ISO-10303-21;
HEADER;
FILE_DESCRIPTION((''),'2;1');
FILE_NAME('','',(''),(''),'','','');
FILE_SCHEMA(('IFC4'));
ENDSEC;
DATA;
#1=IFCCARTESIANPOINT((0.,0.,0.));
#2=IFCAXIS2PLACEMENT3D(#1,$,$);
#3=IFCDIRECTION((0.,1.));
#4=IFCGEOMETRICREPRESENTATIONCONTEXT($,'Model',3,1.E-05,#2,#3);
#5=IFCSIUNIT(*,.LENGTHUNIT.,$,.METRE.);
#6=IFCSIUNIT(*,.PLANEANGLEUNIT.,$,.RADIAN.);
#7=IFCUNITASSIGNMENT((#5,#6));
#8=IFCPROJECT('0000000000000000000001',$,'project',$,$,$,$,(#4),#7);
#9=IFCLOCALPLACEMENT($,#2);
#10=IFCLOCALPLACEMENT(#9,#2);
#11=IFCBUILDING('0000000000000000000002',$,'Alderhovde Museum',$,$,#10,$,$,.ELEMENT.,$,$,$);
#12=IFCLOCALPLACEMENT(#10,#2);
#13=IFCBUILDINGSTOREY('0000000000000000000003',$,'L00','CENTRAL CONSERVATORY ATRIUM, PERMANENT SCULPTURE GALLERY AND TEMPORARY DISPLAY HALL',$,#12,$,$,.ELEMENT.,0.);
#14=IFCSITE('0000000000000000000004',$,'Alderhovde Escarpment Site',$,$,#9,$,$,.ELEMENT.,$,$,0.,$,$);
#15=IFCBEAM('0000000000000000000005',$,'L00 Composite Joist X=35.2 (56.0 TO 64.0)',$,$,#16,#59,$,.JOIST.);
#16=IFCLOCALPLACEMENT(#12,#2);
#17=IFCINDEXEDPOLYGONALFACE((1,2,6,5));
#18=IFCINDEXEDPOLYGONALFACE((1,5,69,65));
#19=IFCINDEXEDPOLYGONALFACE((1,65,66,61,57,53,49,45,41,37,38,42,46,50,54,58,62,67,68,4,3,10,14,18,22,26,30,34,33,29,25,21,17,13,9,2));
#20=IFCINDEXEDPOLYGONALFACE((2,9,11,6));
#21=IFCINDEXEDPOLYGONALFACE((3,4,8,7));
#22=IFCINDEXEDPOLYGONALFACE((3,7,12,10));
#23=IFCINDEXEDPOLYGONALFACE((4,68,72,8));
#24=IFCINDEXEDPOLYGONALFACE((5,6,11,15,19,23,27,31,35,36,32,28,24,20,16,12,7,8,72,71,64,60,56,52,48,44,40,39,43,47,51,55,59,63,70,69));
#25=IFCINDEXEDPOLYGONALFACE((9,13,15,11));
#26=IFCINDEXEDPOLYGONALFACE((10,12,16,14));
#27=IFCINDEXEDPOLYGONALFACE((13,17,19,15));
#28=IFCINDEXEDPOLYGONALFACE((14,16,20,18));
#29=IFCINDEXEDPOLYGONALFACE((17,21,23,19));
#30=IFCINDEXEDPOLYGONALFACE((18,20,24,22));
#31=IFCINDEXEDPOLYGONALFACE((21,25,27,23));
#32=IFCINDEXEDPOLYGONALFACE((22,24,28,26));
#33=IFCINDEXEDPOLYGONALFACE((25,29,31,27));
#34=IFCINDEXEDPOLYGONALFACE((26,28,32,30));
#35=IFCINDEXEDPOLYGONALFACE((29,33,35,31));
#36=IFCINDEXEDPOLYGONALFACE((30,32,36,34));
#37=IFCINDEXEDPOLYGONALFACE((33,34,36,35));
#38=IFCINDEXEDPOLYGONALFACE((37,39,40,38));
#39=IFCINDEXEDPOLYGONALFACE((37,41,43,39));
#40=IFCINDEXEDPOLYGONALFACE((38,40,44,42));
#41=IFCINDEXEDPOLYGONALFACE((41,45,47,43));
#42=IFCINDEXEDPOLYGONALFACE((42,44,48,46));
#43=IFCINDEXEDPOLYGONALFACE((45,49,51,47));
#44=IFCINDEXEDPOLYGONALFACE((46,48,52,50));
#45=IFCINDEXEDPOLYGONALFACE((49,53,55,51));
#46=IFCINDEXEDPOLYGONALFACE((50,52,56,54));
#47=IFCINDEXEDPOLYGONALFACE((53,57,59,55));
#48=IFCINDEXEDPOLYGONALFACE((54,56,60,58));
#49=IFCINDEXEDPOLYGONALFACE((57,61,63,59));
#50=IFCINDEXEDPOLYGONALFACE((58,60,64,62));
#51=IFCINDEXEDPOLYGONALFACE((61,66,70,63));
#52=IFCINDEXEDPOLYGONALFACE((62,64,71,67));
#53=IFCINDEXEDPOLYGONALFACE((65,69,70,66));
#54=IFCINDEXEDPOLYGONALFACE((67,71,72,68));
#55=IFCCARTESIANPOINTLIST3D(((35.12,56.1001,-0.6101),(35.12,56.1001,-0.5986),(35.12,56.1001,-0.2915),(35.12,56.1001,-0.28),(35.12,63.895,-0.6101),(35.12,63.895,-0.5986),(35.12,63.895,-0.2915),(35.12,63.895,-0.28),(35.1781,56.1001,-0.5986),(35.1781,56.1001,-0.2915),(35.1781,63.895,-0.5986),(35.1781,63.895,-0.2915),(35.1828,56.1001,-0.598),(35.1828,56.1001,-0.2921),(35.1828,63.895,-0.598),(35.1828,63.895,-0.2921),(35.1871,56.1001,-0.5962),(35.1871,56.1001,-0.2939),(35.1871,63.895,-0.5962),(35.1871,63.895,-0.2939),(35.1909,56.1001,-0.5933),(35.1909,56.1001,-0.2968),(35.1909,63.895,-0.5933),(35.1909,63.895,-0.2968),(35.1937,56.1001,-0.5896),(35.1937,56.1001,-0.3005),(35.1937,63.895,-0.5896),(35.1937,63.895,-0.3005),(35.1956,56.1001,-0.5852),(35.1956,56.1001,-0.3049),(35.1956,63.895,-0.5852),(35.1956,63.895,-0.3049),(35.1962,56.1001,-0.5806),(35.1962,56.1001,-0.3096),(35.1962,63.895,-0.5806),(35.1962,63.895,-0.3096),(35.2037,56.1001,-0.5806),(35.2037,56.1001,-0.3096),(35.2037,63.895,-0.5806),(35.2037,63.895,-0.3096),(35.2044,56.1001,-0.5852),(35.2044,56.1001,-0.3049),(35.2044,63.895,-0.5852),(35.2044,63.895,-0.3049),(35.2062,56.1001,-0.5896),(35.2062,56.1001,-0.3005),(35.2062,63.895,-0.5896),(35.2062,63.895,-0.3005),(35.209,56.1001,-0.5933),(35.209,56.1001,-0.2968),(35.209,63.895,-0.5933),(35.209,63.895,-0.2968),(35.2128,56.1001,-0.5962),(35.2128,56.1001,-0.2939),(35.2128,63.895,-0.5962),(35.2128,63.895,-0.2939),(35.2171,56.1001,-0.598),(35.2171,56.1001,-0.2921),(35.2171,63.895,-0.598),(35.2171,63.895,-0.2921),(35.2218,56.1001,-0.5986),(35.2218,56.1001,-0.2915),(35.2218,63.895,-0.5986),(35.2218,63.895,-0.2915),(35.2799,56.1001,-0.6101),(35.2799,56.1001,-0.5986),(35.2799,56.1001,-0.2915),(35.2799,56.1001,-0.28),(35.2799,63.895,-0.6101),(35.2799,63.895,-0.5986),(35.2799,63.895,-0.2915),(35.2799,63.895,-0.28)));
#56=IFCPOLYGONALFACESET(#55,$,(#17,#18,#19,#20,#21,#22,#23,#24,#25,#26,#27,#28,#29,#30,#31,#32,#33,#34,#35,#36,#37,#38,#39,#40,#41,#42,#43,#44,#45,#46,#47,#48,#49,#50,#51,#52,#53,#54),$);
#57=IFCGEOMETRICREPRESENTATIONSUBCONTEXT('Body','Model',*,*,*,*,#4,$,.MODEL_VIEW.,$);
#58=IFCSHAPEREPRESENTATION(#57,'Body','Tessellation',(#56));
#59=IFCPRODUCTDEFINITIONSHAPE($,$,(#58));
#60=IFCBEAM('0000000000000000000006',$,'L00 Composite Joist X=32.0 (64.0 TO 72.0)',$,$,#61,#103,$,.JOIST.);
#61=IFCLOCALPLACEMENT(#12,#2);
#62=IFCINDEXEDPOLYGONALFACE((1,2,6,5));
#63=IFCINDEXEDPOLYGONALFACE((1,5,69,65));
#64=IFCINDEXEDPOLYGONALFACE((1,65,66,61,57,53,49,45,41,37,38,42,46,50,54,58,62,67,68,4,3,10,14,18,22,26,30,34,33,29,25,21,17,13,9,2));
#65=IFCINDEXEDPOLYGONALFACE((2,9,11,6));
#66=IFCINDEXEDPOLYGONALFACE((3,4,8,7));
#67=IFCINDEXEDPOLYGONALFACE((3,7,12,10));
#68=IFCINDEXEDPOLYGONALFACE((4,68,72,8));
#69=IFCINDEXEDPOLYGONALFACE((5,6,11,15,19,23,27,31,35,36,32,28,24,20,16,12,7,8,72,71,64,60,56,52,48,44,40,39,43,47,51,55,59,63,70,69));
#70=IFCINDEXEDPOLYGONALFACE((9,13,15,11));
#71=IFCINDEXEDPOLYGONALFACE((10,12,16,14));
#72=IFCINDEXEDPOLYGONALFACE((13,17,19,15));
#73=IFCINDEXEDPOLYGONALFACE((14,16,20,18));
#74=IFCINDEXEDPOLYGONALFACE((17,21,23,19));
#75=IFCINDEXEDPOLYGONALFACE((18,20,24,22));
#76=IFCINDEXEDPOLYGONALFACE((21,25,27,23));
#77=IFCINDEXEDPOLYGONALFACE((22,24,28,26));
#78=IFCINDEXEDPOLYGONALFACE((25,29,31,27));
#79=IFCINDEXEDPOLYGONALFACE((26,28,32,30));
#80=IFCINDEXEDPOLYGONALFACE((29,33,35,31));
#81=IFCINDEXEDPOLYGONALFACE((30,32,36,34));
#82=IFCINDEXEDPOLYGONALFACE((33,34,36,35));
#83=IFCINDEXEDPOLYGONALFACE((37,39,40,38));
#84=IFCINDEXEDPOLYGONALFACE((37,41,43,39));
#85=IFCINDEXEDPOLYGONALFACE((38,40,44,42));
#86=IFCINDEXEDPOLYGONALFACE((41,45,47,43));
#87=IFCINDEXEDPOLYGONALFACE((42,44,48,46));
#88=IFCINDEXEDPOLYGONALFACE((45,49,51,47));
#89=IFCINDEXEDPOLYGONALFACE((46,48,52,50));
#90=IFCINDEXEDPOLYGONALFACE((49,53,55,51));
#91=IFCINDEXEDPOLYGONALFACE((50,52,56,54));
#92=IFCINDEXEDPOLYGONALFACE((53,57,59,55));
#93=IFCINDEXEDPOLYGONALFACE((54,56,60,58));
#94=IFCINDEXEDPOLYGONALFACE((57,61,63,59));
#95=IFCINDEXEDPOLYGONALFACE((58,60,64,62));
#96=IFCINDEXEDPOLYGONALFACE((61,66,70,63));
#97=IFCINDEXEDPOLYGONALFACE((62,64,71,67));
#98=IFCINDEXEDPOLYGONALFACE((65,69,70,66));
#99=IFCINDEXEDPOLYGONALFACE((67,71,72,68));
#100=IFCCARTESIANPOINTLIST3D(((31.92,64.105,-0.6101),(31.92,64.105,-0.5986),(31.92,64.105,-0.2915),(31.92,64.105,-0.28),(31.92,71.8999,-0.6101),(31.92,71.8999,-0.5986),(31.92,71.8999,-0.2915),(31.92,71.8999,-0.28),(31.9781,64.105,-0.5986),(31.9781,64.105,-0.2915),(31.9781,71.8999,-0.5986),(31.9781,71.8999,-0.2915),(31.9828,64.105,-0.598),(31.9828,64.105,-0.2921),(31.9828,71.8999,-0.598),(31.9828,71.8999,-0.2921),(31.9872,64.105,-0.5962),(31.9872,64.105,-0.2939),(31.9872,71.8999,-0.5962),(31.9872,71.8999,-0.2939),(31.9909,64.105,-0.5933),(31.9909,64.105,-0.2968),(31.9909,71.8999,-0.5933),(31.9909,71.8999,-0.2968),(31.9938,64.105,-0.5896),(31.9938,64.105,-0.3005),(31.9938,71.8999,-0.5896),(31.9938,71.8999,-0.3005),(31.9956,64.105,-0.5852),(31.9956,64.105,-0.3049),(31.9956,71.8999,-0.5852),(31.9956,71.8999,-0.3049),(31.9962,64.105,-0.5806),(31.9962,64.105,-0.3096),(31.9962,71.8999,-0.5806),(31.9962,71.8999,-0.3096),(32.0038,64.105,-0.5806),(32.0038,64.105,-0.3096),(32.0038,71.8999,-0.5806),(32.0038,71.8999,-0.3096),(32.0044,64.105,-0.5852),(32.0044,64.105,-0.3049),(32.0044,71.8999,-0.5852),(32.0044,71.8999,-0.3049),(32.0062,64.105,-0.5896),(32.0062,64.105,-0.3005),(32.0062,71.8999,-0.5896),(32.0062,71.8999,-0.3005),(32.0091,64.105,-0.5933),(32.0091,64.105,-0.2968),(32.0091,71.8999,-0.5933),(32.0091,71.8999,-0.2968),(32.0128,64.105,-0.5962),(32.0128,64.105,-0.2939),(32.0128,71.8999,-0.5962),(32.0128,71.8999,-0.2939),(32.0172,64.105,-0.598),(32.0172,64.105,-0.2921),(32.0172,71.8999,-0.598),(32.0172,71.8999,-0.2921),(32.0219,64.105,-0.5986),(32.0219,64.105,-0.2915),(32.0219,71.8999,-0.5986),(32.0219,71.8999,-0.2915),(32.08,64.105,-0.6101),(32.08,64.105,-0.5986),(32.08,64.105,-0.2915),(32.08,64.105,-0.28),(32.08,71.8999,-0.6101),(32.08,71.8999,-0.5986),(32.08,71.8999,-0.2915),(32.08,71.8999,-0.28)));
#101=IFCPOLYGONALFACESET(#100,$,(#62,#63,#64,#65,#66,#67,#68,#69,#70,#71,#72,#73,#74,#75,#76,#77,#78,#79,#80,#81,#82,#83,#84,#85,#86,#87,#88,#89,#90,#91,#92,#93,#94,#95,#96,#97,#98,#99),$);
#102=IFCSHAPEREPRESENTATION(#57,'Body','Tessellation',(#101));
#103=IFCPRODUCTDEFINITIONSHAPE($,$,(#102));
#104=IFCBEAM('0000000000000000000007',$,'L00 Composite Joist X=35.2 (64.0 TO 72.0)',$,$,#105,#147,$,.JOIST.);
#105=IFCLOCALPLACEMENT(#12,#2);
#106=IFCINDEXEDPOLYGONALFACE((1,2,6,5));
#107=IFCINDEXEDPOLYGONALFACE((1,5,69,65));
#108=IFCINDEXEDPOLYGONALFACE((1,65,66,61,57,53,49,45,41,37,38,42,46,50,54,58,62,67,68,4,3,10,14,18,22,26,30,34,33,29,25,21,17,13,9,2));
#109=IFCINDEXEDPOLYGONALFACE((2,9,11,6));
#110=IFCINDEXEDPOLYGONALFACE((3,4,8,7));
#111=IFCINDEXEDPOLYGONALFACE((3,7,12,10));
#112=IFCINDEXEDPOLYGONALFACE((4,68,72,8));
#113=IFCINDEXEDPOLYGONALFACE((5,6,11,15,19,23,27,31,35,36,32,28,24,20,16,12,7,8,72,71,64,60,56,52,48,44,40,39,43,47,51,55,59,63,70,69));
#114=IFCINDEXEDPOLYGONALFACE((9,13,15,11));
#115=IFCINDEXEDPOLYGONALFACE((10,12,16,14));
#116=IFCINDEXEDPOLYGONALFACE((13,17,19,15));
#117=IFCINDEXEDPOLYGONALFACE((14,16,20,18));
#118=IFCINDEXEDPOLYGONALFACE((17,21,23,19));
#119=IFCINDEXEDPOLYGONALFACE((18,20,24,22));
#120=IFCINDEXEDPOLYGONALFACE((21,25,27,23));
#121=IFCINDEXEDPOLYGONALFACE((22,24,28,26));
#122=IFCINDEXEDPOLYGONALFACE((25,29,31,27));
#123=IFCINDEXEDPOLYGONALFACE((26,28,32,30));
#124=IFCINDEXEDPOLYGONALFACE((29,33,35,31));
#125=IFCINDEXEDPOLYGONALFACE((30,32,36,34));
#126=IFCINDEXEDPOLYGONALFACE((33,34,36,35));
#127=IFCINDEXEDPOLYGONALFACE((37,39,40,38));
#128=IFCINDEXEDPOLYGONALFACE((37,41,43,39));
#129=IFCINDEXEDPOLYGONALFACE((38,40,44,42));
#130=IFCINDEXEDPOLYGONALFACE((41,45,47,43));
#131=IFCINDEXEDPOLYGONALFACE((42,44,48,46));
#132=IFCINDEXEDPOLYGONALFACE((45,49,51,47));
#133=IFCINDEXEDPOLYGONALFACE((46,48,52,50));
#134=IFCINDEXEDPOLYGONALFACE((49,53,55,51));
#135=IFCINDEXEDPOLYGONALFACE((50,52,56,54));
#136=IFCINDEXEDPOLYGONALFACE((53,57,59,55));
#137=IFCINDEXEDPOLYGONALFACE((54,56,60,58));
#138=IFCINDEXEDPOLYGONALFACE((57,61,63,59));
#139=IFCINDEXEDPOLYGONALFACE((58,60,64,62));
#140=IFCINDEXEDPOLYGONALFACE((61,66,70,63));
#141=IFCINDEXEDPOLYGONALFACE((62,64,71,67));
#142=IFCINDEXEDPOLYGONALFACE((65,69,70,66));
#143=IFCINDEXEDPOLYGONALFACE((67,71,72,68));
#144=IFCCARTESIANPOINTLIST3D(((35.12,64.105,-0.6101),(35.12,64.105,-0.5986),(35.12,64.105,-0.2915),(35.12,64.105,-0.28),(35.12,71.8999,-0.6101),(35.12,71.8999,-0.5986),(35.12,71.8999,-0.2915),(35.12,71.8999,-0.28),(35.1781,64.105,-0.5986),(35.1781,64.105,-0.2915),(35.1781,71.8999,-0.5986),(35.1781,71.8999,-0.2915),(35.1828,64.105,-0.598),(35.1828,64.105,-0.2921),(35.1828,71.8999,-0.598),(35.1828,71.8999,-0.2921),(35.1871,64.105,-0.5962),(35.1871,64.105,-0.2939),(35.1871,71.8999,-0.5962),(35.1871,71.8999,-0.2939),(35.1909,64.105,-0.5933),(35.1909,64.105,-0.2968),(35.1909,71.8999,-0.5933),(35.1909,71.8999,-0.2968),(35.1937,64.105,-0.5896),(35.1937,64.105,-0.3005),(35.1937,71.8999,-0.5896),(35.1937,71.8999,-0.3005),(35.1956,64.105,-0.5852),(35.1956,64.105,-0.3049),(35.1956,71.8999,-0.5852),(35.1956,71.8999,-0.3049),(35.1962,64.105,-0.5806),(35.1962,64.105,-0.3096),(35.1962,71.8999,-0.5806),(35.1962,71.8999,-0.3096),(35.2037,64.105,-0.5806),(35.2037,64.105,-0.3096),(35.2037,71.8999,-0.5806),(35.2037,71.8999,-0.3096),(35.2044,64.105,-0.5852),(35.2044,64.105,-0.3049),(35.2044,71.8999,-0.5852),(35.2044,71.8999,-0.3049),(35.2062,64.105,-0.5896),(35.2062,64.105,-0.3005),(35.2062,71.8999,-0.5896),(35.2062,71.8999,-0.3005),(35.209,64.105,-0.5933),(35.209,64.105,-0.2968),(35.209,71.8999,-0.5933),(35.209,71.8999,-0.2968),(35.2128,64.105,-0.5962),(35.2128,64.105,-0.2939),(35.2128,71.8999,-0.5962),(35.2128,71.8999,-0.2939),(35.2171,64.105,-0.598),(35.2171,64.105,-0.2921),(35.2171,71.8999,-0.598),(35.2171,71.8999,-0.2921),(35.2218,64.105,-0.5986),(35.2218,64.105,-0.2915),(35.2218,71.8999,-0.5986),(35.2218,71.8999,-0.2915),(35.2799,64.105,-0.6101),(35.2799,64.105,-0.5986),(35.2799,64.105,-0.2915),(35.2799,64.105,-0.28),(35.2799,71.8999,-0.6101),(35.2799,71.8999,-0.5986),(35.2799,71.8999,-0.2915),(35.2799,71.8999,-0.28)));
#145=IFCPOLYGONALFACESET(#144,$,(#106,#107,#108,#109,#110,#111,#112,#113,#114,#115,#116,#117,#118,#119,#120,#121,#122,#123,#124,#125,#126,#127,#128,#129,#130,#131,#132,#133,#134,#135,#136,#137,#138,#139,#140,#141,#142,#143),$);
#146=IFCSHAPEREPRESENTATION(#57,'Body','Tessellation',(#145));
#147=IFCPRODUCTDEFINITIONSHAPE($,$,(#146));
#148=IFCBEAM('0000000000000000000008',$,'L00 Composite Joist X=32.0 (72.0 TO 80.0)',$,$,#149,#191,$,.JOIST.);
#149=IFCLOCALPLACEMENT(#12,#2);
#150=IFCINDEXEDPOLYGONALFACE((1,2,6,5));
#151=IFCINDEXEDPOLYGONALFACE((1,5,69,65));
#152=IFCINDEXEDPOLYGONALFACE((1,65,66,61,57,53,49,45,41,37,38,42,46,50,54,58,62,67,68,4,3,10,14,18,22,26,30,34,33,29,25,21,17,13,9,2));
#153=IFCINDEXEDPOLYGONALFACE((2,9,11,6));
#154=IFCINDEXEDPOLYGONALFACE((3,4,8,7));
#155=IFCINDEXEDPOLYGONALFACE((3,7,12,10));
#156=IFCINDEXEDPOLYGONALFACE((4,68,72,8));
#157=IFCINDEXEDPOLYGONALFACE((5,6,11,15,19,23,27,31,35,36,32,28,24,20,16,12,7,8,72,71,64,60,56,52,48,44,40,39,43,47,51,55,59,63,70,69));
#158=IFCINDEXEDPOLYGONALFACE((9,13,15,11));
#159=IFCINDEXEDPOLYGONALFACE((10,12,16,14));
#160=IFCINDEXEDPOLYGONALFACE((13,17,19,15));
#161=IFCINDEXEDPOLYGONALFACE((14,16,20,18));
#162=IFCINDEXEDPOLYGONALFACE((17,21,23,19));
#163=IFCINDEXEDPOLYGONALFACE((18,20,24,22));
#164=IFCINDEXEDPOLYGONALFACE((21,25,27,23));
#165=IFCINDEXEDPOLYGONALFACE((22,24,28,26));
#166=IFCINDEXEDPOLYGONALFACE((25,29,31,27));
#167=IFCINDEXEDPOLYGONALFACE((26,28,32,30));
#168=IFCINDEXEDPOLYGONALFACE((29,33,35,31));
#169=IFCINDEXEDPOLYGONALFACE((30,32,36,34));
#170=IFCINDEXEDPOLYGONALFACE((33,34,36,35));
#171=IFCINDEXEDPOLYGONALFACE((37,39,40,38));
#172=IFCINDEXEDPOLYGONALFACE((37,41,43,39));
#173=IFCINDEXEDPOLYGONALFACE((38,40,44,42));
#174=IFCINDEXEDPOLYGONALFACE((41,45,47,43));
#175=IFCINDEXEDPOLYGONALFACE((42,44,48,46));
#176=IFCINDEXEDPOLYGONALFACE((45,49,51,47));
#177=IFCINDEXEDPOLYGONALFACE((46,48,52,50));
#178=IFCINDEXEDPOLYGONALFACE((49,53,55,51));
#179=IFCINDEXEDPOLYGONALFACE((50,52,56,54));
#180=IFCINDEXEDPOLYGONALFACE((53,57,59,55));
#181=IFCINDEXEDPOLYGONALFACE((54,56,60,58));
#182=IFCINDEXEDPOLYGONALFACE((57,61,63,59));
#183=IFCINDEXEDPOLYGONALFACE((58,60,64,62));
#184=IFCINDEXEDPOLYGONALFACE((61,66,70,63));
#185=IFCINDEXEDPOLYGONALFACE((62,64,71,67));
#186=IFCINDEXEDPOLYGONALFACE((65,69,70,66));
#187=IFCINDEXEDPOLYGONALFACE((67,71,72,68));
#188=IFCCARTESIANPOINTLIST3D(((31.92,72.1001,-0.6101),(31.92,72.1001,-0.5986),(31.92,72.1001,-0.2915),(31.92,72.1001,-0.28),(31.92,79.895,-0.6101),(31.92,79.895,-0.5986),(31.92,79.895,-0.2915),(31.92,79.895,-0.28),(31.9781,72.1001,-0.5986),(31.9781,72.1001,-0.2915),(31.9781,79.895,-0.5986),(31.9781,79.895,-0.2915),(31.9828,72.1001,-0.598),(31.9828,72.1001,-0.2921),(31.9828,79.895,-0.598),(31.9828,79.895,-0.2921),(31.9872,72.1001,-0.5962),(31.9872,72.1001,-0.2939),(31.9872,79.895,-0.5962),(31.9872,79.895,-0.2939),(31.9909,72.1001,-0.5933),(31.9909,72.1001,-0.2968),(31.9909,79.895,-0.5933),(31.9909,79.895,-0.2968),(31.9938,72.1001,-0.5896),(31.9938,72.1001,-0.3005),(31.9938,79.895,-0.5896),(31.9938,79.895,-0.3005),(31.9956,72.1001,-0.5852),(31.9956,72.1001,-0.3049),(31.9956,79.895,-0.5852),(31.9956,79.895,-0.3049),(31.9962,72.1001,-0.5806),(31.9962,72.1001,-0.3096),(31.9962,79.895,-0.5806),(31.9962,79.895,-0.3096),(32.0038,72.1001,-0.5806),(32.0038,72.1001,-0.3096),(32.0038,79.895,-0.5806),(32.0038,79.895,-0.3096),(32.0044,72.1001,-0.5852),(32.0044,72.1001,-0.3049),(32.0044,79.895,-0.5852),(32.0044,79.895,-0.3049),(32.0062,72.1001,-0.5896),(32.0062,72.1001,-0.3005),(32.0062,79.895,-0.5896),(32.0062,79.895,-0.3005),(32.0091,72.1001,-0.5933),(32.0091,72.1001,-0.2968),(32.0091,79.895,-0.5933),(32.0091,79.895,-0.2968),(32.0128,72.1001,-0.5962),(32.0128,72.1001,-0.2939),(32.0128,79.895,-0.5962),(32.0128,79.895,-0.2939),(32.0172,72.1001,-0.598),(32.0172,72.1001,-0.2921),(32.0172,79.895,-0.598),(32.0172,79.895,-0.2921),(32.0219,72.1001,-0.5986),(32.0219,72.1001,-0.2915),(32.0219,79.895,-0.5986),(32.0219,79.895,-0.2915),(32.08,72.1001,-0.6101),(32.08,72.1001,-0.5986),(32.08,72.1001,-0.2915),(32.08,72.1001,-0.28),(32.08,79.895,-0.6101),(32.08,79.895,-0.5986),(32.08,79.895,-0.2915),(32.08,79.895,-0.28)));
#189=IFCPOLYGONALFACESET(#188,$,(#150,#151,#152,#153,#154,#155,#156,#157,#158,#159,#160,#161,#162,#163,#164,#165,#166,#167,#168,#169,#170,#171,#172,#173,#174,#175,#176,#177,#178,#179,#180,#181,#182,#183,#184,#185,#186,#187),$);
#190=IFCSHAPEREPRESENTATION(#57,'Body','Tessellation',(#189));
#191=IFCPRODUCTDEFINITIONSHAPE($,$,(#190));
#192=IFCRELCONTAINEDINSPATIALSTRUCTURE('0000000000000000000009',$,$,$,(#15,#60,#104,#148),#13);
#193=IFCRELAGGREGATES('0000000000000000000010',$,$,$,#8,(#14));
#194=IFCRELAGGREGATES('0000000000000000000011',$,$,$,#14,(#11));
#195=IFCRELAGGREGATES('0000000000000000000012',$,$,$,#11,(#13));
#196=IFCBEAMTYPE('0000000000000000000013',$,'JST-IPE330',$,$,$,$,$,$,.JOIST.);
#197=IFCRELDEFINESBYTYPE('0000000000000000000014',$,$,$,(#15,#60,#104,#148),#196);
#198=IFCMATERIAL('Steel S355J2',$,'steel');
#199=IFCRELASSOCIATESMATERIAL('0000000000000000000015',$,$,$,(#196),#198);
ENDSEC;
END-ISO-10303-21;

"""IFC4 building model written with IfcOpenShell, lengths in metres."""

from ifc_helpers import new_model, si_unit, direction, frame, origin, origin_2d, place, context, subcontext, project, spatial, i_section, extrude, material, material_profile, profile_set, type_object, element, save


model = new_model("IFC4")

# Units and contexts
model_context = context("Model", 3, precision=1e-05, world=origin(), true_north=direction((0.0, 1.0)))
body_context = subcontext(model_context, "Body", "Model", "MODEL_VIEW")
ifc_project = project(units=[si_unit("LENGTHUNIT", "METRE"), si_unit("PLANEANGLEUNIT", "RADIAN")], contexts=[model_context])

# Site, building, storey
site_placement = place(None, origin())
site = spatial("IfcSite", under=ifc_project, at=site_placement, Name="Alderhovde Escarpment Site", CompositionType="ELEMENT", RefElevation=0.0)
building_placement = place(site_placement, origin())
building = spatial("IfcBuilding", under=site, at=building_placement, Name="Alderhovde Museum", CompositionType="ELEMENT")
storey_placement = place(building_placement, origin())
storey = spatial("IfcBuildingStorey", under=building, at=storey_placement, Name="L00", Description="CENTRAL CONSERVATORY ATRIUM, PERMANENT SCULPTURE GALLERY AND TEMPORARY DISPLAY HALL", CompositionType="ELEMENT", Elevation=0.0)

# Beams
ifc_material_1 = material(Name="Steel S355J2", Category="steel")
ifc_material_profile_1 = material_profile(ifc_material_1, i_section(OverallWidth=0.1599, OverallDepth=0.3301, WebThickness=0.0076, FlangeThickness=0.0115, FilletRadius=0.0181, at=origin_2d()), Name="IPE 330")
ifc_profile_set_1 = profile_set([ifc_material_profile_1], Name="Steel S355J2")
beam_type_1 = type_object("IfcBeamType", Name="JST-IPE330", PredefinedType="JOIST", material=ifc_profile_set_1)
for number, where, z_axis, x_axis, name in (
    (1, (35.2, 56.1001, -0.4451), (0.0, 1.0, 0.0), (-1.0, 0.0, 0.0), "L00 Composite Joist X=35.2 (56.0 TO 64.0)"),
    (2, (32.0, 64.105, -0.4451), (0.0, 1.0, 0.0), (-1.0, 0.0, 0.0), "L00 Composite Joist X=32.0 (64.0 TO 72.0)"),
    (3, (35.2, 64.105, -0.4451), (0.0, 1.0, 0.0), (-1.0, 0.0, 0.0), "L00 Composite Joist X=35.2 (64.0 TO 72.0)"),
    (4, (32.0, 72.1001, -0.4451), (0.0, 1.0, 0.0), (-1.0, 0.0, 0.0), "L00 Composite Joist X=32.0 (72.0 TO 80.0)"),
):
    element("IfcBeam", number, at=place(storey_placement, frame(where, z_axis=z_axis, x_axis=x_axis)), inside=storey, type_object=beam_type_1, Name=name, PredefinedType="JOIST", context=body_context, shape_type="SweptSolid", body=[
        extrude(i_section(OverallWidth=0.1599, OverallDepth=0.3301, WebThickness=0.0076, FlangeThickness=0.0115, FilletRadius=0.0181, at=origin_2d()), origin(), (0.0, 0.0, 1.0), 7.7949),
    ])

save(model, "model.ifc")
